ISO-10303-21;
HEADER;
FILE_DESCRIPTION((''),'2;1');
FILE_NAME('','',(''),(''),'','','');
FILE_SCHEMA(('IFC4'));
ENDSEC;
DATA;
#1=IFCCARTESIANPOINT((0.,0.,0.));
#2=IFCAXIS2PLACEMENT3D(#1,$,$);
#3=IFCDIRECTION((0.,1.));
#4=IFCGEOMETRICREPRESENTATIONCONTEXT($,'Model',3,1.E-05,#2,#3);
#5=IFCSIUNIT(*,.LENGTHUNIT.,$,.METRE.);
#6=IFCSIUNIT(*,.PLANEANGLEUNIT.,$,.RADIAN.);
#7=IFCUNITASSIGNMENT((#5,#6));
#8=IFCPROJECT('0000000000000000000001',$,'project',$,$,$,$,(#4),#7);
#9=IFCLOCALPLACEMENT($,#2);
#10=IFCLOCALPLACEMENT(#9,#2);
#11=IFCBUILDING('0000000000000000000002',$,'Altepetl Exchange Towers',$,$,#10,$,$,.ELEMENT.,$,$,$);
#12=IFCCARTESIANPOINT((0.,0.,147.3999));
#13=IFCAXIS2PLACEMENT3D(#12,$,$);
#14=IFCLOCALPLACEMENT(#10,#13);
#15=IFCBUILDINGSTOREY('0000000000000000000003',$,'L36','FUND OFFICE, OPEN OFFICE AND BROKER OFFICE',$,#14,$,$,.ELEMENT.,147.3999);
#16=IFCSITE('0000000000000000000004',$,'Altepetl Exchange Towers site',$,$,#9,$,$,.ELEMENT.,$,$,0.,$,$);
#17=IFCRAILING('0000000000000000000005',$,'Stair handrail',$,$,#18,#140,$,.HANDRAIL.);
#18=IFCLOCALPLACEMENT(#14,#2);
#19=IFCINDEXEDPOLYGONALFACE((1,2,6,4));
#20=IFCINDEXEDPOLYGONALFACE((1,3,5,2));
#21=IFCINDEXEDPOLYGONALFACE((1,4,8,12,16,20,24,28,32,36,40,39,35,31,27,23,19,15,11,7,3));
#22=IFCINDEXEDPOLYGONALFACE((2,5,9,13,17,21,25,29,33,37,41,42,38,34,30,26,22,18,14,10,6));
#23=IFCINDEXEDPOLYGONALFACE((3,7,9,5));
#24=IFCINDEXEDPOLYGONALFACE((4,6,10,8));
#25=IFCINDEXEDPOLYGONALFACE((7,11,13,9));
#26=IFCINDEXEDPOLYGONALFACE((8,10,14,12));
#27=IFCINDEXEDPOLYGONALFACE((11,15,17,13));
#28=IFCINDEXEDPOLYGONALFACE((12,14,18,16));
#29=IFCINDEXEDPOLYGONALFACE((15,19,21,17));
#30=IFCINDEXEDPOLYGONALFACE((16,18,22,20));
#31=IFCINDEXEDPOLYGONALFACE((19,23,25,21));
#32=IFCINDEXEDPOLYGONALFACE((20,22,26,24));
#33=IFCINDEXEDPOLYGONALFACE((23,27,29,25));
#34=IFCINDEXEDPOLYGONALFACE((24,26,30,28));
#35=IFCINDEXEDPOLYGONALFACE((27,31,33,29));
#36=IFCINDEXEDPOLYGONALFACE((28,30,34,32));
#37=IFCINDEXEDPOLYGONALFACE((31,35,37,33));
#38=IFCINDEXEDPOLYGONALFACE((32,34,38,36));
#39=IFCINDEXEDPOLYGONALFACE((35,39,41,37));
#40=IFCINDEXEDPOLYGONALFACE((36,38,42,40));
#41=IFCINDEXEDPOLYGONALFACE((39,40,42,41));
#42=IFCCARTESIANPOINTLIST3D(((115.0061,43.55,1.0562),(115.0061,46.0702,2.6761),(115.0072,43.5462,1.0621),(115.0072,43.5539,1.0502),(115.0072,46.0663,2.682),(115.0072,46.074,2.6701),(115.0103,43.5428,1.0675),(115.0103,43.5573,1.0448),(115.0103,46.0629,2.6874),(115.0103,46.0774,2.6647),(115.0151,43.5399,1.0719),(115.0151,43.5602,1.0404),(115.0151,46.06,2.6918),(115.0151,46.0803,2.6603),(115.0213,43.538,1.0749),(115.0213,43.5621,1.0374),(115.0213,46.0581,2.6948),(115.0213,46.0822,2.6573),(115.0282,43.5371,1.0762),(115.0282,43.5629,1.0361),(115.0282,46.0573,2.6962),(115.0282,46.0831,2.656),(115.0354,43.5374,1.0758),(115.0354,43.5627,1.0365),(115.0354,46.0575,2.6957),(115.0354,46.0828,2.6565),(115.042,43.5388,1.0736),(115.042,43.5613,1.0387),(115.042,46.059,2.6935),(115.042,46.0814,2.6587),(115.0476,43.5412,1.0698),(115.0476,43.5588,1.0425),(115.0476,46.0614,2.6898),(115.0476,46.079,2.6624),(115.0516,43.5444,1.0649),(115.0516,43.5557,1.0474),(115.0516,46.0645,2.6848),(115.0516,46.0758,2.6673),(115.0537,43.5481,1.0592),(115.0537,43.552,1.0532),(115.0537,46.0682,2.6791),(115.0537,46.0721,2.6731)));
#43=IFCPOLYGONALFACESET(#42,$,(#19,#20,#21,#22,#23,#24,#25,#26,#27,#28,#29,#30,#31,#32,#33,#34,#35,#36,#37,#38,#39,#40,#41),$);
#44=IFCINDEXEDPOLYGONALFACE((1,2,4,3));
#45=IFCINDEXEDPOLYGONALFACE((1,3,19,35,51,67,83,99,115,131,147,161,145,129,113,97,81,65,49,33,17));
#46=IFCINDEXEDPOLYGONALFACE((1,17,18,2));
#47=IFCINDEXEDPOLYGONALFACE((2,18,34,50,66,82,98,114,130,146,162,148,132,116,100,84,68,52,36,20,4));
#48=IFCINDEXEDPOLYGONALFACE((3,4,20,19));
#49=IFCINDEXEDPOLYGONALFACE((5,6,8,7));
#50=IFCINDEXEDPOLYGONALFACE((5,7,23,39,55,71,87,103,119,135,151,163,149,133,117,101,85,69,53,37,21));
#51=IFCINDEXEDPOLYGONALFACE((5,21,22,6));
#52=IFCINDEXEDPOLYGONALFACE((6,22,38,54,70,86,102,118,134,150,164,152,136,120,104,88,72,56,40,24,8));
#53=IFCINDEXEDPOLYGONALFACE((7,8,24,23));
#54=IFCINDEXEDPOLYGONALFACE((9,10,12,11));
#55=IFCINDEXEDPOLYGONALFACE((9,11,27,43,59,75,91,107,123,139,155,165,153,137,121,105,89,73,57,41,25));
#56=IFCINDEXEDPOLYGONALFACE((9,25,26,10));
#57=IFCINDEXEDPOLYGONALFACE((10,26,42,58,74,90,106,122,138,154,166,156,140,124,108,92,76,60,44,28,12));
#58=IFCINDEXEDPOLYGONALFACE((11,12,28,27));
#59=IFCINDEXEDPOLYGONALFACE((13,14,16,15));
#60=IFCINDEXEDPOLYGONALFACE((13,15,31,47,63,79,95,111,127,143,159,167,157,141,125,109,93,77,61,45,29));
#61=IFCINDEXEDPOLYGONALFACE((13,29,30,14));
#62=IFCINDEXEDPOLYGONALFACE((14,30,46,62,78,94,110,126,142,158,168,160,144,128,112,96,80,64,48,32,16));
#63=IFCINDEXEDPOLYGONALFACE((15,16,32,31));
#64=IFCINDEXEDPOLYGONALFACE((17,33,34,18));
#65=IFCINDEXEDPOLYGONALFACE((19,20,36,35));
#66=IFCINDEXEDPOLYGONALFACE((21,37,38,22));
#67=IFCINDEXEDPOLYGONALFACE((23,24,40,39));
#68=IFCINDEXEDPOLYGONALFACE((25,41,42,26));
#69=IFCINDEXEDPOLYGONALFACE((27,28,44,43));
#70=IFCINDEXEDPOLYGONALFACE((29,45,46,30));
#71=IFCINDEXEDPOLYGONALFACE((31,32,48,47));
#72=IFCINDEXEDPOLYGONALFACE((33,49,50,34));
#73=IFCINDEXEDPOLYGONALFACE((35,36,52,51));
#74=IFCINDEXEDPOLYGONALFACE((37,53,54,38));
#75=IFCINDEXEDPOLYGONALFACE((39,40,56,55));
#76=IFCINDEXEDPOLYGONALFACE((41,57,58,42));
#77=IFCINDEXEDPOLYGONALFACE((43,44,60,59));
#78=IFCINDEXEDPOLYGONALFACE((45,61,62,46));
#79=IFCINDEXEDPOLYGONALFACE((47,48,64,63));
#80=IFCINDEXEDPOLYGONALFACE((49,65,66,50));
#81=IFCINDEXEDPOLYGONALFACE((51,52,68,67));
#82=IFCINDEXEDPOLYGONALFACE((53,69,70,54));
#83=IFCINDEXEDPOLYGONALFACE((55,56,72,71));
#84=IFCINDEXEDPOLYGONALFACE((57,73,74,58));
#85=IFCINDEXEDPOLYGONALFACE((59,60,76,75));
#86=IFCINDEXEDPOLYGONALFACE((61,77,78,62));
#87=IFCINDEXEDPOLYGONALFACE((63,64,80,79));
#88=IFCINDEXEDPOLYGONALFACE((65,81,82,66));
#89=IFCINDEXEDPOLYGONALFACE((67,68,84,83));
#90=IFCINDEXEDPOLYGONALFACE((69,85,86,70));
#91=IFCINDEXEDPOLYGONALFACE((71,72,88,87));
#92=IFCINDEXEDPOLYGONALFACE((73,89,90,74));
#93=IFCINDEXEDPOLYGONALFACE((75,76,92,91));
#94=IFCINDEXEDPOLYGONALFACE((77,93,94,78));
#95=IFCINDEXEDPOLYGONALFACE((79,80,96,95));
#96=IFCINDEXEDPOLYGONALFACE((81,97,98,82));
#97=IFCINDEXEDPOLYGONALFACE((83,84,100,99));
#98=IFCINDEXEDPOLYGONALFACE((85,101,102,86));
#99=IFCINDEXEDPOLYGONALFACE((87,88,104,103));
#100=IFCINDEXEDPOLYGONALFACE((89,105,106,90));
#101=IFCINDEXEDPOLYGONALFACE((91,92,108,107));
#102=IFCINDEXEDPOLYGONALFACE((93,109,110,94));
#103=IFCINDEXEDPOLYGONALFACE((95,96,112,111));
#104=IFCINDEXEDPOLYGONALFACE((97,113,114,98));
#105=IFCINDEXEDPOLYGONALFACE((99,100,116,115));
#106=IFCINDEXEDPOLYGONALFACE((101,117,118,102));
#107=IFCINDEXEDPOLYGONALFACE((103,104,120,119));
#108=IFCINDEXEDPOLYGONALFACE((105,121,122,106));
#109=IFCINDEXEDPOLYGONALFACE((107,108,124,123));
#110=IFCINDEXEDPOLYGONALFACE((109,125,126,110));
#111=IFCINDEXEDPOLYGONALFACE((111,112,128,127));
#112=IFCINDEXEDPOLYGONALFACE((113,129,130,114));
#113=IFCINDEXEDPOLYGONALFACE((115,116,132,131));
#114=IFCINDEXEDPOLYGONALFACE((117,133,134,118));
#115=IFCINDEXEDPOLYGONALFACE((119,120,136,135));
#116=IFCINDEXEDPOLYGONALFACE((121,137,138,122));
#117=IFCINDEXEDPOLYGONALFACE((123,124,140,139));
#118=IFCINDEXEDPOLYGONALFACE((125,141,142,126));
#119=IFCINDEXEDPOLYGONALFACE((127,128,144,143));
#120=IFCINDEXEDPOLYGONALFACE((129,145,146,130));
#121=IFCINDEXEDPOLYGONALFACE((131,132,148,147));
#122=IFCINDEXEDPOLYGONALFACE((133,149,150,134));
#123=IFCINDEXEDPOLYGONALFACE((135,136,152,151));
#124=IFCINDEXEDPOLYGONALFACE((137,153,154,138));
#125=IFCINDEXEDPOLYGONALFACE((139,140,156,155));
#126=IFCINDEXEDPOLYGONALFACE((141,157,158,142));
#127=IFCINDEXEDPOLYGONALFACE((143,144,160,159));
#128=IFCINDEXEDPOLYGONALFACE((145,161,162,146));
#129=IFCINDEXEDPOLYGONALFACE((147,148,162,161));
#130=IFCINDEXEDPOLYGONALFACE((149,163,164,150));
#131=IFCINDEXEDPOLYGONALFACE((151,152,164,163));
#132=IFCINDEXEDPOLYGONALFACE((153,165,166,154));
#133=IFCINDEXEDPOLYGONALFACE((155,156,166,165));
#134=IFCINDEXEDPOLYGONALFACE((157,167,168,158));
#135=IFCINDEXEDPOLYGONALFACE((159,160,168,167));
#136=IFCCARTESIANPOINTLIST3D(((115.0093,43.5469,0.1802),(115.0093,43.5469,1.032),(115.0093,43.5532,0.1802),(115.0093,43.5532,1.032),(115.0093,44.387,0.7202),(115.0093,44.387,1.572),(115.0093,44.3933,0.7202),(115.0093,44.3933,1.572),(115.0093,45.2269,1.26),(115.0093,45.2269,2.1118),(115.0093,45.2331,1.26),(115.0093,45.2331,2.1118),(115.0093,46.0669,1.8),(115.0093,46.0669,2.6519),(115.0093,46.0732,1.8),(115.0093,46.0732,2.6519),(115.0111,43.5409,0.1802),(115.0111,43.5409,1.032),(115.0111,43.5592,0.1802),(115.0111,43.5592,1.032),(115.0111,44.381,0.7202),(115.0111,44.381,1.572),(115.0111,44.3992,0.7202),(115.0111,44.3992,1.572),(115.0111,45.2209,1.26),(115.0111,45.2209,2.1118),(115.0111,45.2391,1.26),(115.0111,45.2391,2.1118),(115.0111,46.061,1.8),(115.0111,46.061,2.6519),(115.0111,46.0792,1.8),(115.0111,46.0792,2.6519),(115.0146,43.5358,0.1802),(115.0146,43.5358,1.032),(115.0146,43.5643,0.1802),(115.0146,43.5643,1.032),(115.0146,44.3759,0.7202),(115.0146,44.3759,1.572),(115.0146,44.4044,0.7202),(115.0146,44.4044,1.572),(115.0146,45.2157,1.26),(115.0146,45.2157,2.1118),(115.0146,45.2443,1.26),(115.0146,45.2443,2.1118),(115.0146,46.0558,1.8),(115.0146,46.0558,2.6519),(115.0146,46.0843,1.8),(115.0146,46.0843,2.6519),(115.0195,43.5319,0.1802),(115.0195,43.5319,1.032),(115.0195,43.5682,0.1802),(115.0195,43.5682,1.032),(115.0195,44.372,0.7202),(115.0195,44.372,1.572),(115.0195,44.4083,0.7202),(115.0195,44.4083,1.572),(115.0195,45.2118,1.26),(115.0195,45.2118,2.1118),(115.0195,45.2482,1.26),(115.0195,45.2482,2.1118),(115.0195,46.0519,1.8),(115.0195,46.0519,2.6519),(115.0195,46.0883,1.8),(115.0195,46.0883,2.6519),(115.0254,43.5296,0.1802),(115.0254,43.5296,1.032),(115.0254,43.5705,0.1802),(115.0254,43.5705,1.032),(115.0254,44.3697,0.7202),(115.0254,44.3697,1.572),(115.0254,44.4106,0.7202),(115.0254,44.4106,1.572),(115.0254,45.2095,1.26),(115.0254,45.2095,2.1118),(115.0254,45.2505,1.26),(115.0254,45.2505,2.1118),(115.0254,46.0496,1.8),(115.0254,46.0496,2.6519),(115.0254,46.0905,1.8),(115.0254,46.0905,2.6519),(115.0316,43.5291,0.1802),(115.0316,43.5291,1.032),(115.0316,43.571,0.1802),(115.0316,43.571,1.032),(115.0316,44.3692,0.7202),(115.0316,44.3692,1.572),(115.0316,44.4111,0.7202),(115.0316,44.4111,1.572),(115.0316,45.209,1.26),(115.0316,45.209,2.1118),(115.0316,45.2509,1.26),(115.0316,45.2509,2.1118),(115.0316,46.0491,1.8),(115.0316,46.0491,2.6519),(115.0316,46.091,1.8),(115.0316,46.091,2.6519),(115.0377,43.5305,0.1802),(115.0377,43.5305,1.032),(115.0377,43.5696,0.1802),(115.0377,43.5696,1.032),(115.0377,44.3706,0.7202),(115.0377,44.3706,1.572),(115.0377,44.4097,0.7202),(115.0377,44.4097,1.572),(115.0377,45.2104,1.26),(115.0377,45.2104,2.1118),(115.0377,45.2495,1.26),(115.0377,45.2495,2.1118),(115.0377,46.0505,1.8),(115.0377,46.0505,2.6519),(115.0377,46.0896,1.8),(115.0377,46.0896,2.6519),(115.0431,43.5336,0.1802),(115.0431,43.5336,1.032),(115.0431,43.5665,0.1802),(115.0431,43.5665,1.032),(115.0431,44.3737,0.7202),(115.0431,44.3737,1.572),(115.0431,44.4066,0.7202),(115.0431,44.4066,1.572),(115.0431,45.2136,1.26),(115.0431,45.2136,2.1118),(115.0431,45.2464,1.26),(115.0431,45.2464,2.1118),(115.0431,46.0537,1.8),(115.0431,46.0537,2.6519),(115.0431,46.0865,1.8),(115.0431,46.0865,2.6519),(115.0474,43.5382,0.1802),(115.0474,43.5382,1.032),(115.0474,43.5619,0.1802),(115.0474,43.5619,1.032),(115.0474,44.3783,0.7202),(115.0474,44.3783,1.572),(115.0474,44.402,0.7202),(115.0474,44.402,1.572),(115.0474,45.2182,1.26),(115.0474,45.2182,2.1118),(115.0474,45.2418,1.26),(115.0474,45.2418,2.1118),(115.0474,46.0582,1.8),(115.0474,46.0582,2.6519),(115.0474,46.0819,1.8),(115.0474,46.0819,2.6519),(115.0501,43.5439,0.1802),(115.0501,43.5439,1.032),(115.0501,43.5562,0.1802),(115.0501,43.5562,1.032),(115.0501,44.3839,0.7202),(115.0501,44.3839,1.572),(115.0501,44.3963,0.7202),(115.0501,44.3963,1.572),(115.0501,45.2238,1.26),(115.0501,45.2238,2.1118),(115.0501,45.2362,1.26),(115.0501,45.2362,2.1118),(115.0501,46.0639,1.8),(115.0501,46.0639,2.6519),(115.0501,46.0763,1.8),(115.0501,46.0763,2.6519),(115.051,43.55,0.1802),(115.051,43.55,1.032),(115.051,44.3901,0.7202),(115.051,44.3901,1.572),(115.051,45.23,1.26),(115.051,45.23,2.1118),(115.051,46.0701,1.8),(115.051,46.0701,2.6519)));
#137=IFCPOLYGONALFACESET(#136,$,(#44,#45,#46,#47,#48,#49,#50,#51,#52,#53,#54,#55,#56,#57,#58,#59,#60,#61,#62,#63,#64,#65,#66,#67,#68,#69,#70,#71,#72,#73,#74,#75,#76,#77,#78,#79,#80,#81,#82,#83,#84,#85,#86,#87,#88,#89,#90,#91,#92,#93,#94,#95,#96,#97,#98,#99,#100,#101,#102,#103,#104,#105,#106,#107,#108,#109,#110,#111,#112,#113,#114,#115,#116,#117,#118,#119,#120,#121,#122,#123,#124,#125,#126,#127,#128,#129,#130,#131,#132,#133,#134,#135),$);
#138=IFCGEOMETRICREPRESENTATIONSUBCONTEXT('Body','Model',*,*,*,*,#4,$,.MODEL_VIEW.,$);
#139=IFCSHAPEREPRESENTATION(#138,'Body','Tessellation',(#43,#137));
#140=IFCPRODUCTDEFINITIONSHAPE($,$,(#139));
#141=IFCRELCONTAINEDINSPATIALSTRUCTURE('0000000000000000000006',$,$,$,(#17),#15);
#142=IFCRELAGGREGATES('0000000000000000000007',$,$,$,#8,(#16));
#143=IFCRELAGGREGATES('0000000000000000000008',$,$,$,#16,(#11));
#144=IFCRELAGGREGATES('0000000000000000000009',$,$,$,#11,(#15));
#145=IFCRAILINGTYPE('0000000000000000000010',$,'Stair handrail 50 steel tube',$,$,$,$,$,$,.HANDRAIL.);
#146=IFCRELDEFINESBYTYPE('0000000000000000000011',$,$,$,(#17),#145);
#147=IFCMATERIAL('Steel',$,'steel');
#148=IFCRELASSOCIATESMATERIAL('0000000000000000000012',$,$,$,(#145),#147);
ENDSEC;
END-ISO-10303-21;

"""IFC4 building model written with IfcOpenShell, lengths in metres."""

from ifc_helpers import new_model, si_unit, direction, frame, origin, origin_2d, place, context, subcontext, project, spatial, circle, extrude, source, transform, mapped, material, type_object, element, save


model = new_model("IFC4")

# Units and contexts
model_context = context("Model", 3, precision=1e-05, world=origin(), true_north=direction((0.0, 1.0)))
body_context = subcontext(model_context, "Body", "Model", "MODEL_VIEW")
ifc_project = project(units=[si_unit("LENGTHUNIT", "METRE"), si_unit("PLANEANGLEUNIT", "RADIAN")], contexts=[model_context])

# Site, building, storey
site_placement = place(None, origin())
site = spatial("IfcSite", under=ifc_project, at=site_placement, Name="Altepetl Exchange Towers site", CompositionType="ELEMENT", RefElevation=0.0)
building_placement = place(site_placement, origin())
building = spatial("IfcBuilding", under=site, at=building_placement, Name="Altepetl Exchange Towers", CompositionType="ELEMENT")
storey_placement = place(building_placement, frame((0.0, 0.0, 147.3999)))
storey = spatial("IfcBuildingStorey", under=building, at=storey_placement, Name="L36", Description="FUND OFFICE, OPEN OFFICE AND BROKER OFFICE", CompositionType="ELEMENT", Elevation=147.3999)

# Railing
ifc_material_1 = material(Name="Steel", Category="steel")
railing_type = type_object("IfcRailingType", Name="Stair handrail 50 steel tube", PredefinedType="HANDRAIL", material=ifc_material_1)
shared_shape = source(origin(), body_context, "Body", "SweptSolid", [
    extrude(circle(Radius=0.021, at=origin_2d()), origin(), (0.0, 0.0, 1.0), 0.8518),
])
railing_1_placement = place(storey_placement, frame((115.03, 43.55, 0.1802)))
element("IfcRailing", 1, at=railing_1_placement, inside=storey, type_object=railing_type, Name="Stair handrail", PredefinedType="HANDRAIL", context=body_context, shape_type="SweptSolid", body=[
    extrude(circle(Radius=0.0239, at=origin_2d()), frame((0.0, 0.0, 0.876), z_axis=(0.0, 0.8412, 0.540725), x_axis=(-1.0, 0.0, 0.0)), (0.0, 0.0, 1.0), 2.9958),
    mapped(shared_shape, transform((0.0, 0.0, 0.0))),
    mapped(shared_shape, transform((0.0, 0.8401, 0.54))),
    mapped(shared_shape, transform((0.0, 1.6799, 1.0798))),
    mapped(shared_shape, transform((0.0, 2.52, 1.6199))),
])

save(model, "model.ifc")
